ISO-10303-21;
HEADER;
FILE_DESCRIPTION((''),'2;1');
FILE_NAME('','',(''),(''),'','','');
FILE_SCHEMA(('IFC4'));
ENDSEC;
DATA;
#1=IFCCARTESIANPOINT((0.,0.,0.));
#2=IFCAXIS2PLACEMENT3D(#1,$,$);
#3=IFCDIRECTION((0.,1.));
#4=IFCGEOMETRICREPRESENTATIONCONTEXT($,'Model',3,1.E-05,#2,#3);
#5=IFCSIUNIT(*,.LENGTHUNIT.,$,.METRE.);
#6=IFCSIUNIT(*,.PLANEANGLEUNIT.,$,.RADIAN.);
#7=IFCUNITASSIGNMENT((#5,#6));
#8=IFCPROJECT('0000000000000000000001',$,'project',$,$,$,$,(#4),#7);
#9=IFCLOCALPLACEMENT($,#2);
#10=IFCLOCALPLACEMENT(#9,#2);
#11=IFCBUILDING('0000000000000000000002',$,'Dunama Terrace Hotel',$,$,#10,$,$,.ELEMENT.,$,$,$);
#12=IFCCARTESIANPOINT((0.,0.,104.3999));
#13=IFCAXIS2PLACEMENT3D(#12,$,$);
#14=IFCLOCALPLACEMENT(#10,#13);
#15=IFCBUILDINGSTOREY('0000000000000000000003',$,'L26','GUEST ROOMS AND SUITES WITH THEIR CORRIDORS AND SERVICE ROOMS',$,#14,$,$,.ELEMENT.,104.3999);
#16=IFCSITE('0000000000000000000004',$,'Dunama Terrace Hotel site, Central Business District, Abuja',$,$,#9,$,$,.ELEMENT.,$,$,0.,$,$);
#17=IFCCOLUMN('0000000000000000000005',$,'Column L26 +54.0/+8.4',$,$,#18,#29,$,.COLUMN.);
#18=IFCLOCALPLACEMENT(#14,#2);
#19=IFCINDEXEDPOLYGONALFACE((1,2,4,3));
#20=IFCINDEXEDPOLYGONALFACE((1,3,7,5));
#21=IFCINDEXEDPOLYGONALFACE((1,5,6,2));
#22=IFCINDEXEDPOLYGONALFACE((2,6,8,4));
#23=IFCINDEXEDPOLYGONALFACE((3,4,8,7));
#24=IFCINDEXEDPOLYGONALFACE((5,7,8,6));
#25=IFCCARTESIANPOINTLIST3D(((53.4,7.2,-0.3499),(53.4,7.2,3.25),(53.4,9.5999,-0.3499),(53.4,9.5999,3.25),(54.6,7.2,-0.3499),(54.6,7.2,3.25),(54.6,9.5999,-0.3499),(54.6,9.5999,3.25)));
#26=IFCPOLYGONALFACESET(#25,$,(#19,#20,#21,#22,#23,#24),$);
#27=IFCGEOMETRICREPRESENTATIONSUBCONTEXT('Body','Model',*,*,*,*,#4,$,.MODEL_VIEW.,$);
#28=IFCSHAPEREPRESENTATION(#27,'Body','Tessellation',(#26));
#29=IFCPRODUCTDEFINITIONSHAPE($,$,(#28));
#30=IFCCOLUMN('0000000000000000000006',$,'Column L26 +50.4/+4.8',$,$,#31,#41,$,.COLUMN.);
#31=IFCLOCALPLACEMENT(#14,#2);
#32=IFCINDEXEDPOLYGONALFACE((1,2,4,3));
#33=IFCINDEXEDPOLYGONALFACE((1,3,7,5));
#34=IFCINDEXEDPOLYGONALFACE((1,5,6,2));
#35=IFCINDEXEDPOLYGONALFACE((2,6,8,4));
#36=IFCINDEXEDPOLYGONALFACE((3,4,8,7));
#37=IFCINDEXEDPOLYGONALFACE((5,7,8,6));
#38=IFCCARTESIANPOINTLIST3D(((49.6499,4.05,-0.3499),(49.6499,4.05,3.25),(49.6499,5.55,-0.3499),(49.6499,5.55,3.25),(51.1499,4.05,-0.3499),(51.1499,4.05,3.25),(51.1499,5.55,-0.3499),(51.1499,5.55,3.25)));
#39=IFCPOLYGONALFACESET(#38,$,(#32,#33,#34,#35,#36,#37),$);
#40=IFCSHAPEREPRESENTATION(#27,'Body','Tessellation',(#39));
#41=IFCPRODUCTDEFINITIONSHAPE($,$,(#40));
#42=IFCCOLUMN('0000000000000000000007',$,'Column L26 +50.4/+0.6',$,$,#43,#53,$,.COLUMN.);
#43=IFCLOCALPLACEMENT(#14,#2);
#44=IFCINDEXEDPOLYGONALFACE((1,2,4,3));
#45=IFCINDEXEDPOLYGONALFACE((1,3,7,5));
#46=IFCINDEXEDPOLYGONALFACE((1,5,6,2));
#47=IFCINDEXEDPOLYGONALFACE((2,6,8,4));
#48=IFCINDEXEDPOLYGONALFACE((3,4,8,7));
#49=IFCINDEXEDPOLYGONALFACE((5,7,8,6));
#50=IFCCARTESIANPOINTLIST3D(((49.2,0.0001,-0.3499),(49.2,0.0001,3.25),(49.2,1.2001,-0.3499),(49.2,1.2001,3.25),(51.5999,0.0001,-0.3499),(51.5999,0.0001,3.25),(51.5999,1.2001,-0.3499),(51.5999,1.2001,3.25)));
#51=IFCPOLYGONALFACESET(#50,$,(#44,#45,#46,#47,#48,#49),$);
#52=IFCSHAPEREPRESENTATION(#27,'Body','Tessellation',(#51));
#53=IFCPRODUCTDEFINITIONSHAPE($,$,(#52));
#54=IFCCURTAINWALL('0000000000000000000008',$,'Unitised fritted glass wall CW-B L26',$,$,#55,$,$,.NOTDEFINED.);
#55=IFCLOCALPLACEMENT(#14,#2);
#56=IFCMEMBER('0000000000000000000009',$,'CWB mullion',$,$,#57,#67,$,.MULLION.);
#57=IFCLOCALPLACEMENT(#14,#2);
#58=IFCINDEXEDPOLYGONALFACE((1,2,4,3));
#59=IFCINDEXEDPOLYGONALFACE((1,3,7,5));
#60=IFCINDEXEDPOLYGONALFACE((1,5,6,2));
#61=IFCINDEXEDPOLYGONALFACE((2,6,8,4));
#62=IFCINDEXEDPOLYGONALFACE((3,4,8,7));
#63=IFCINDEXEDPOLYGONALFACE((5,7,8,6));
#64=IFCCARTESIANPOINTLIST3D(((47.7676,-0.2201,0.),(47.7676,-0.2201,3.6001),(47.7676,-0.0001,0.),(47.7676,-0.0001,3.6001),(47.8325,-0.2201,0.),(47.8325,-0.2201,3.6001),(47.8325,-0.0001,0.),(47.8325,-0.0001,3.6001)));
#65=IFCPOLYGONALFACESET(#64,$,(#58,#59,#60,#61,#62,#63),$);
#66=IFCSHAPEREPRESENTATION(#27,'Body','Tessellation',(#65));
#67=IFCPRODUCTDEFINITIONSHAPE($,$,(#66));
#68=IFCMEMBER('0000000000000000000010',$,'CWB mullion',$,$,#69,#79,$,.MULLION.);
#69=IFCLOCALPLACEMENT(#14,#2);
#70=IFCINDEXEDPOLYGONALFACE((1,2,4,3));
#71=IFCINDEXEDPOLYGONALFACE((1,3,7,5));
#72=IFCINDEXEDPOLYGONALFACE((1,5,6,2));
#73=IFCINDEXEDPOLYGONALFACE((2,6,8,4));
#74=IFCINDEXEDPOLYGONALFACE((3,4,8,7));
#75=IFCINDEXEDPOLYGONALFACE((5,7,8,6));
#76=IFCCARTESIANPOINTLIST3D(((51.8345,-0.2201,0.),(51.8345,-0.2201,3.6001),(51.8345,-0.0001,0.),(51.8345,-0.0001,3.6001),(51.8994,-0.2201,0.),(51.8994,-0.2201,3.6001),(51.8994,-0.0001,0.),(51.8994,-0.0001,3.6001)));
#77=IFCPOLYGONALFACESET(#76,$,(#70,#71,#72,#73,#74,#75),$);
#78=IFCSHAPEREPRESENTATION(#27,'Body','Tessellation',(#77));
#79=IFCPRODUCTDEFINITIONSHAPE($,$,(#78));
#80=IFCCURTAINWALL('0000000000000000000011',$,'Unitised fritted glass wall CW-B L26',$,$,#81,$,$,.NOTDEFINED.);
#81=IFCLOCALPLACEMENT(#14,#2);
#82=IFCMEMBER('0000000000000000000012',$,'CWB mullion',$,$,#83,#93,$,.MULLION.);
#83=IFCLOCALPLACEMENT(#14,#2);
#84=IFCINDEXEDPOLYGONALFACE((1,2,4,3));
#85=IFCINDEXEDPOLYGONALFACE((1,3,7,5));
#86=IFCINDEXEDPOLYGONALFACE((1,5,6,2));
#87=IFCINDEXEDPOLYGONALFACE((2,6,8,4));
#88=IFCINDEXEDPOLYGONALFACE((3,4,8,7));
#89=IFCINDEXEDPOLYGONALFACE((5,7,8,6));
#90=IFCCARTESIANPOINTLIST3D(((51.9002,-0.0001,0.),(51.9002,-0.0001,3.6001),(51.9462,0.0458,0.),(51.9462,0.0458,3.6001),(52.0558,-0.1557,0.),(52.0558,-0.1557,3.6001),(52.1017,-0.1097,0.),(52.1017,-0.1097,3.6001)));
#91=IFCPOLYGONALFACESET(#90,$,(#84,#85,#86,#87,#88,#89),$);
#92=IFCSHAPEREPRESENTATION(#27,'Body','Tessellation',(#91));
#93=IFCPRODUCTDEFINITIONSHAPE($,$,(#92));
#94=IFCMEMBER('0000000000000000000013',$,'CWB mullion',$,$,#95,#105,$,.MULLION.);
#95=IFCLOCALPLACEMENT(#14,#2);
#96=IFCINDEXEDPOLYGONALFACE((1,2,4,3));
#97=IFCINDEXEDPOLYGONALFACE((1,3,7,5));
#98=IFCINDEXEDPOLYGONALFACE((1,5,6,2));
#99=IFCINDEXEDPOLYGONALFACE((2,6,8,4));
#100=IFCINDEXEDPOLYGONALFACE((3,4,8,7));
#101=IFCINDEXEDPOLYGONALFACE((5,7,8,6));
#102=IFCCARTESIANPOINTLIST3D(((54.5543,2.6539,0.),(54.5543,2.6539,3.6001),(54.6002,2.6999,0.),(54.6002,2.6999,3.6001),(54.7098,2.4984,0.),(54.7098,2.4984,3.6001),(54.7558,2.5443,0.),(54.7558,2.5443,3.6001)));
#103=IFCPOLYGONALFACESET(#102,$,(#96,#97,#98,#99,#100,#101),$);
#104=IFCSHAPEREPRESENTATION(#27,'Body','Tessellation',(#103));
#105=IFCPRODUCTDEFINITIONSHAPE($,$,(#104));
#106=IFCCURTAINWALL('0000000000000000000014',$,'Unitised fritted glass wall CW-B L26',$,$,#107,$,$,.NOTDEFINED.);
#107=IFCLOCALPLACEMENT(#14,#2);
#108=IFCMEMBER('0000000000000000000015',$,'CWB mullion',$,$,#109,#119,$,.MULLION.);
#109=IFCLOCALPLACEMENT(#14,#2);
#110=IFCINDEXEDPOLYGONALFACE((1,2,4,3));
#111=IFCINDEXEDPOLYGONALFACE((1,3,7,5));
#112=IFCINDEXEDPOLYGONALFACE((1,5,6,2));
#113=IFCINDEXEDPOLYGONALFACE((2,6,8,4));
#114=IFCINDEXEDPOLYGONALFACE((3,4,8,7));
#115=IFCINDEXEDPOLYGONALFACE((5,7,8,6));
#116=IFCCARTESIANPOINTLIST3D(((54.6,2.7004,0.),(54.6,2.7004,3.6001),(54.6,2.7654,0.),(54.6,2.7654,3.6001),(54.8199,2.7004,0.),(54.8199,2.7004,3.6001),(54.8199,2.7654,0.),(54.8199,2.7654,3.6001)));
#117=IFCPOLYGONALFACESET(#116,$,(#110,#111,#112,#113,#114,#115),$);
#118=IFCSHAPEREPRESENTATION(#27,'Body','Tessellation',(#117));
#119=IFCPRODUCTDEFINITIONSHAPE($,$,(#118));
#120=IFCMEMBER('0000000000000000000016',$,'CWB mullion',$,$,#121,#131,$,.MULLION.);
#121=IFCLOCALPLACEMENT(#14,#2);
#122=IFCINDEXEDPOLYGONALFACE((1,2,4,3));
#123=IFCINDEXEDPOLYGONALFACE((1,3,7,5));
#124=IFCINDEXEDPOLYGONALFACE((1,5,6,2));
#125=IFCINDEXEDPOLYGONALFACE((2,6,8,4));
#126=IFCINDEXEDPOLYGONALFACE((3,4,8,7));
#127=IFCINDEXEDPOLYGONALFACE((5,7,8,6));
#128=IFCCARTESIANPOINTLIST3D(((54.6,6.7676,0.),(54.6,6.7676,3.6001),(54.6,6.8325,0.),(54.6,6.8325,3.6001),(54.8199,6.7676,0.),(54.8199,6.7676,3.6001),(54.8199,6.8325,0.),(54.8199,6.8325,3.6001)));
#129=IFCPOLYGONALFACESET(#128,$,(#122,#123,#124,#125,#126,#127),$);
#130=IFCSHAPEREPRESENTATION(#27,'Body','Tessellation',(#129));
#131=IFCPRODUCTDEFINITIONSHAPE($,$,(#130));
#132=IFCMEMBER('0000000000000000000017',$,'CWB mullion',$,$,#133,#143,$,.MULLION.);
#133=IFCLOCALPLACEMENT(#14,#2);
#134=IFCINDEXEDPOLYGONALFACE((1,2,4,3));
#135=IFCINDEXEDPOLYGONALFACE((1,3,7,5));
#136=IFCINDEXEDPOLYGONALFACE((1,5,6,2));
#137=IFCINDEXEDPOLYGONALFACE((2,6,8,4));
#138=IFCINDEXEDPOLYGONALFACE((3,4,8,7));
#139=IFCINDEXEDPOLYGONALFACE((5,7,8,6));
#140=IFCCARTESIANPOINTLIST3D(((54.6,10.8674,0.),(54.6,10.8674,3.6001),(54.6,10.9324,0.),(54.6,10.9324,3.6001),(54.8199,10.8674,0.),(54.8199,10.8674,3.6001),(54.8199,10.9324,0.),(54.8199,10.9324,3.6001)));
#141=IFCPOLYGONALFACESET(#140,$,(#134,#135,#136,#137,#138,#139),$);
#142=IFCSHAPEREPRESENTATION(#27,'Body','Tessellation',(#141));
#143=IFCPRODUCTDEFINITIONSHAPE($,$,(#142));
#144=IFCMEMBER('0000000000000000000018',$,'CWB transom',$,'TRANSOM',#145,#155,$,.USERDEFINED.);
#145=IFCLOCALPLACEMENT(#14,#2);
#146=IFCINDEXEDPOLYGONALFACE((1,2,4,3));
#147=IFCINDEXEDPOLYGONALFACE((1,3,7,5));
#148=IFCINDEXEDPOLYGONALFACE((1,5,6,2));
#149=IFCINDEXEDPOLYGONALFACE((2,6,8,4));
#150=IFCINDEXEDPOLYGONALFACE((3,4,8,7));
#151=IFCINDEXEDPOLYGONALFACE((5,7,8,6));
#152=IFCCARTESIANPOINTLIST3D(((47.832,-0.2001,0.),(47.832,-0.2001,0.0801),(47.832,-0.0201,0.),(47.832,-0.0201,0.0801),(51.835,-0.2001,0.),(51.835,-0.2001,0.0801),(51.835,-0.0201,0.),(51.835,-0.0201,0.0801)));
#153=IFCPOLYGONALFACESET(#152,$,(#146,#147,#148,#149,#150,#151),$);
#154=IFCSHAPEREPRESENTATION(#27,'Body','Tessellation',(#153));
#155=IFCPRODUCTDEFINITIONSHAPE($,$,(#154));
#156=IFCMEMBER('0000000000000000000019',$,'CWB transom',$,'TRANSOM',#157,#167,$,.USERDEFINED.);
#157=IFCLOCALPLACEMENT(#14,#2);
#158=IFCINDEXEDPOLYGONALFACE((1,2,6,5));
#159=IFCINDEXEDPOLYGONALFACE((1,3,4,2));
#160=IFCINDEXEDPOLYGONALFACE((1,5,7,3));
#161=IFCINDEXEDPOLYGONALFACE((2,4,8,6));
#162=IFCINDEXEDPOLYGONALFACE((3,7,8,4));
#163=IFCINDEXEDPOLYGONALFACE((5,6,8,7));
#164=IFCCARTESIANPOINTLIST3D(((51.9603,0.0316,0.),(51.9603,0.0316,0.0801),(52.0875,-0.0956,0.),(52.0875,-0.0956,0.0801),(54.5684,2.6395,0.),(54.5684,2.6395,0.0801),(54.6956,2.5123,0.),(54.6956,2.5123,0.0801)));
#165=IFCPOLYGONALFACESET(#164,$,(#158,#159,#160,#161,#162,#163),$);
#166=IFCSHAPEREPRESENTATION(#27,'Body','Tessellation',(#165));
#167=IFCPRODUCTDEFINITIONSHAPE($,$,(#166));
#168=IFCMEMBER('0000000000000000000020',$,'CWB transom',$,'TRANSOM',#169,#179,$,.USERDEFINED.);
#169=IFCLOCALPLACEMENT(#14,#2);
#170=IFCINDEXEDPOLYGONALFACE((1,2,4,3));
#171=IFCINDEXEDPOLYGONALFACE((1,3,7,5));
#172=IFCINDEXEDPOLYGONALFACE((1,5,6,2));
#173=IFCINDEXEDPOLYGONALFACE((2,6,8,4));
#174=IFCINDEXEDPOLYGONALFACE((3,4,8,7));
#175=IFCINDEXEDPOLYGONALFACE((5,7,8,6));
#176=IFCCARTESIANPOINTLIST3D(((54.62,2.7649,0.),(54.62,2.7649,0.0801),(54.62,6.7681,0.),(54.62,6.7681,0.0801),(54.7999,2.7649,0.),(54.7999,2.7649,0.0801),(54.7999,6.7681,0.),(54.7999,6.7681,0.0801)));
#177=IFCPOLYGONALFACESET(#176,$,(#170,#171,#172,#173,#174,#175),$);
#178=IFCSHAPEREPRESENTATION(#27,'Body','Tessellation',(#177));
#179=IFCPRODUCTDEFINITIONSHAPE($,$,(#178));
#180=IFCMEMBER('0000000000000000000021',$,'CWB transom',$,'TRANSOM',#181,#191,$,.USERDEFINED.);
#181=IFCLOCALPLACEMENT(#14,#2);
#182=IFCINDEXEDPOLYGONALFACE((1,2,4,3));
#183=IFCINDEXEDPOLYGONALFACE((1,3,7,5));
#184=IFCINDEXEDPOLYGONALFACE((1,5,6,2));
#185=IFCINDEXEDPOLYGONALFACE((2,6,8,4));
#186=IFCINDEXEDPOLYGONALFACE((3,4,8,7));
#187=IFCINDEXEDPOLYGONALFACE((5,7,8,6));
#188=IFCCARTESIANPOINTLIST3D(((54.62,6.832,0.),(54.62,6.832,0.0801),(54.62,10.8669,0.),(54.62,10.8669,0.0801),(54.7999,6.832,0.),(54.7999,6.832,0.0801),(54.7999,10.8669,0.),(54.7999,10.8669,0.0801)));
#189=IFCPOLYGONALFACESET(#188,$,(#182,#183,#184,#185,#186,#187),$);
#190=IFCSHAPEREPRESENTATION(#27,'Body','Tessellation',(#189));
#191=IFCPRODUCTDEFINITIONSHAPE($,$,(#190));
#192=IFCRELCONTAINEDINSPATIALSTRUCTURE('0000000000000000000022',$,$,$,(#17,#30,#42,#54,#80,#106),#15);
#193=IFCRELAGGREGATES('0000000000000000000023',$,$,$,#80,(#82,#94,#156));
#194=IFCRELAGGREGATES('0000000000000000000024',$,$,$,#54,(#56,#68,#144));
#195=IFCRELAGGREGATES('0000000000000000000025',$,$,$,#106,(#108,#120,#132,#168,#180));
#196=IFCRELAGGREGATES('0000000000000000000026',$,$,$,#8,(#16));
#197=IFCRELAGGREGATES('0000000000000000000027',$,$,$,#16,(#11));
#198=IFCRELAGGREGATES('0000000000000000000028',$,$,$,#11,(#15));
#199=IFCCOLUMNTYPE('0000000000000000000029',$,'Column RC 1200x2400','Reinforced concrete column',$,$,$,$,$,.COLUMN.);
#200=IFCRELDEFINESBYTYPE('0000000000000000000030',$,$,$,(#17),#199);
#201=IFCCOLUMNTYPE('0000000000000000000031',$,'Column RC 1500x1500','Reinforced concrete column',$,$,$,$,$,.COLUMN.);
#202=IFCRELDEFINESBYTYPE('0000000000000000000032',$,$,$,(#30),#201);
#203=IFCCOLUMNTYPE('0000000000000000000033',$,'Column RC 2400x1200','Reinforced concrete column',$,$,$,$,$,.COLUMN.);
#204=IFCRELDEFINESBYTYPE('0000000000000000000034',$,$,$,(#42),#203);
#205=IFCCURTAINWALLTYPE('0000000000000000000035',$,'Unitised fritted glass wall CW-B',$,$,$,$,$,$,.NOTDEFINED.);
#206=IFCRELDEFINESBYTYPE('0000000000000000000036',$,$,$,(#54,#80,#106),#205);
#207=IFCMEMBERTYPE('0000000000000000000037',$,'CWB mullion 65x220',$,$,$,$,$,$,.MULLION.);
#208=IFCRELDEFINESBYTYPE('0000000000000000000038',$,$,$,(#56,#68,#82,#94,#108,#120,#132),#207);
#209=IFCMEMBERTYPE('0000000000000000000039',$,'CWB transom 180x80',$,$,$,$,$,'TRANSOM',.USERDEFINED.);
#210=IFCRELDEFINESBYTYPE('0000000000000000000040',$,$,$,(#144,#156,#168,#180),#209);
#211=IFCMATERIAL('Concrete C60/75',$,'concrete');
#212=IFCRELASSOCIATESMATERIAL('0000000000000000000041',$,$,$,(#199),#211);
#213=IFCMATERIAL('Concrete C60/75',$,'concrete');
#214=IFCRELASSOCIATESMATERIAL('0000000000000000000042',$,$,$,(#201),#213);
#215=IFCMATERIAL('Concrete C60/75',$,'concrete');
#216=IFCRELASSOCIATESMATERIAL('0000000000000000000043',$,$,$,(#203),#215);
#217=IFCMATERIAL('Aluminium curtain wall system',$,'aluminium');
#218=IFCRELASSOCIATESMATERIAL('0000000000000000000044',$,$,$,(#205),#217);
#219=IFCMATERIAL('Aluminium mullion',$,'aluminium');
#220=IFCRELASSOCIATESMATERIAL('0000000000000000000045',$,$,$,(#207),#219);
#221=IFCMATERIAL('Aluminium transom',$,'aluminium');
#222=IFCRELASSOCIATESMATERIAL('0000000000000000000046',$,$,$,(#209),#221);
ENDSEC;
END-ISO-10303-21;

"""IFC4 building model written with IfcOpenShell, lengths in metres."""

from ifc_helpers import new_model, si_unit, direction, frame, origin, origin_2d, place, context, subcontext, project, spatial, rectangle, extrude, material, material_profile, profile_set, type_object, element, aggregate, save


model = new_model("IFC4")

# Units and contexts
model_context = context("Model", 3, precision=1e-05, world=origin(), true_north=direction((0.0, 1.0)))
body_context = subcontext(model_context, "Body", "Model", "MODEL_VIEW")
ifc_project = project(units=[si_unit("LENGTHUNIT", "METRE"), si_unit("PLANEANGLEUNIT", "RADIAN")], contexts=[model_context])

# Site, building, storey
site_placement = place(None, origin())
site = spatial("IfcSite", under=ifc_project, at=site_placement, Name="Dunama Terrace Hotel site, Central Business District, Abuja", CompositionType="ELEMENT", RefElevation=0.0)
building_placement = place(site_placement, origin())
building = spatial("IfcBuilding", under=site, at=building_placement, Name="Dunama Terrace Hotel", CompositionType="ELEMENT")
storey_placement = place(building_placement, frame((0.0, 0.0, 104.3999)))
storey = spatial("IfcBuildingStorey", under=building, at=storey_placement, Name="L26", Description="GUEST ROOMS AND SUITES WITH THEIR CORRIDORS AND SERVICE ROOMS", CompositionType="ELEMENT", Elevation=104.3999)

# Columns
ifc_material_1 = material(Name="Concrete C60/75", Category="concrete")
ifc_material_profile_1 = material_profile(ifc_material_1, rectangle(XDim=1.2, YDim=2.3999, at=origin_2d()), Name="RC 1200x2400")
ifc_profile_set_1 = profile_set([ifc_material_profile_1], Name="Concrete C60/75")
column_type_1 = type_object("IfcColumnType", Name="Column RC 1200x2400", Description="Reinforced concrete column", PredefinedType="COLUMN", material=ifc_profile_set_1)
column_1_placement = place(storey_placement, frame((54.0, 8.3999, -0.3499), z_axis=(0.0, 0.0, 1.0), x_axis=(1.0, 0.0, 0.0)))
element("IfcColumn", 1, at=column_1_placement, inside=storey, type_object=column_type_1, Name="Column L26 +54.0/+8.4", PredefinedType="COLUMN", context=body_context, shape_type="SweptSolid", body=[
    extrude(rectangle(XDim=1.2, YDim=2.3999, at=origin_2d()), origin(), (0.0, 0.0, 1.0), 3.5999),
])
ifc_material_2 = material(Name="Concrete C60/75", Category="concrete")
ifc_material_profile_2 = material_profile(ifc_material_2, rectangle(XDim=1.5, YDim=1.5, at=origin_2d()), Name="RC 1500x1500")
ifc_profile_set_2 = profile_set([ifc_material_profile_2], Name="Concrete C60/75")
column_type_2 = type_object("IfcColumnType", Name="Column RC 1500x1500", Description="Reinforced concrete column", PredefinedType="COLUMN", material=ifc_profile_set_2)
column_2_placement = place(storey_placement, frame((50.3999, 4.8, -0.3499), z_axis=(0.0, 0.0, 1.0), x_axis=(1.0, 0.0, 0.0)))
element("IfcColumn", 2, at=column_2_placement, inside=storey, type_object=column_type_2, Name="Column L26 +50.4/+4.8", PredefinedType="COLUMN", context=body_context, shape_type="SweptSolid", body=[
    extrude(rectangle(XDim=1.5, YDim=1.5, at=origin_2d()), origin(), (0.0, 0.0, 1.0), 3.5999),
])
ifc_material_3 = material(Name="Concrete C60/75", Category="concrete")
ifc_material_profile_3 = material_profile(ifc_material_3, rectangle(XDim=2.3999, YDim=1.2, at=origin_2d()), Name="RC 2400x1200")
ifc_profile_set_3 = profile_set([ifc_material_profile_3], Name="Concrete C60/75")
column_type_3 = type_object("IfcColumnType", Name="Column RC 2400x1200", Description="Reinforced concrete column", PredefinedType="COLUMN", material=ifc_profile_set_3)
column_3_placement = place(storey_placement, frame((50.3999, 0.6001, -0.3499), z_axis=(0.0, 0.0, 1.0), x_axis=(1.0, 0.0, 0.0)))
element("IfcColumn", 3, at=column_3_placement, inside=storey, type_object=column_type_3, Name="Column L26 +50.4/+0.6", PredefinedType="COLUMN", context=body_context, shape_type="SweptSolid", body=[
    extrude(rectangle(XDim=2.3999, YDim=1.2, at=origin_2d()), origin(), (0.0, 0.0, 1.0), 3.5999),
])

# Curtain walls, members
ifc_material_4 = material(Name="Aluminium curtain wall system", Category="aluminium")
curtain_wall_type = type_object("IfcCurtainWallType", Name="Unitised fritted glass wall CW-B", PredefinedType="NOTDEFINED", material=ifc_material_4)
curtain_wall_1_placement = place(storey_placement, origin())
curtain_wall_1 = element("IfcCurtainWall", 4, at=curtain_wall_1_placement, inside=storey, type_object=curtain_wall_type, Name="Unitised fritted glass wall CW-B L26", PredefinedType="NOTDEFINED")
ifc_material_5 = material(Name="Aluminium mullion", Category="aluminium")
ifc_material_profile_4 = material_profile(ifc_material_5, rectangle(XDim=0.0649, YDim=0.22, at=origin_2d()), Name="CWB MULLION 65X220")
ifc_profile_set_4 = profile_set([ifc_material_profile_4], Name="Aluminium mullion")
member_type_1 = type_object("IfcMemberType", Name="CWB mullion 65x220", PredefinedType="MULLION", material=ifc_profile_set_4)
member_1_placement = place(storey_placement, frame((47.8, -0.1101, 0.0), z_axis=(0.0, 0.0, 1.0), x_axis=(1.0, 0.0, 0.0)))
member_1 = element("IfcMember", 5, at=member_1_placement, type_object=member_type_1, Name="CWB mullion", PredefinedType="MULLION", context=body_context, shape_type="SweptSolid", body=[
    extrude(rectangle(XDim=0.0649, YDim=0.22, at=origin_2d()), origin(), (0.0, 0.0, 1.0), 3.6001),
])
member_2_placement = place(storey_placement, frame((51.8669, -0.1101, 0.0), z_axis=(0.0, 0.0, 1.0), x_axis=(1.0, 0.0, 0.0)))
member_2 = element("IfcMember", 6, at=member_2_placement, type_object=member_type_1, Name="CWB mullion", PredefinedType="MULLION", context=body_context, shape_type="SweptSolid", body=[
    extrude(rectangle(XDim=0.0649, YDim=0.22, at=origin_2d()), origin(), (0.0, 0.0, 1.0), 3.6001),
])
curtain_wall_2_placement = place(storey_placement, origin())
curtain_wall_2 = element("IfcCurtainWall", 7, at=curtain_wall_2_placement, inside=storey, type_object=curtain_wall_type, Name="Unitised fritted glass wall CW-B L26", PredefinedType="NOTDEFINED")
member_3_placement = place(storey_placement, frame((52.001, -0.0549, 0.0), z_axis=(0.0, 0.0, 1.0), x_axis=(0.707107, 0.707107, 0.0)))
member_3 = element("IfcMember", 8, at=member_3_placement, type_object=member_type_1, Name="CWB mullion", PredefinedType="MULLION", context=body_context, shape_type="SweptSolid", body=[
    extrude(rectangle(XDim=0.0649, YDim=0.22, at=origin_2d()), origin(), (0.0, 0.0, 1.0), 3.6001),
])
member_4_placement = place(storey_placement, frame((54.655, 2.5991, 0.0), z_axis=(0.0, 0.0, 1.0), x_axis=(0.707107, 0.707107, 0.0)))
member_4 = element("IfcMember", 9, at=member_4_placement, type_object=member_type_1, Name="CWB mullion", PredefinedType="MULLION", context=body_context, shape_type="SweptSolid", body=[
    extrude(rectangle(XDim=0.0649, YDim=0.22, at=origin_2d()), origin(), (0.0, 0.0, 1.0), 3.6001),
])
curtain_wall_3_placement = place(storey_placement, origin())
curtain_wall_3 = element("IfcCurtainWall", 10, at=curtain_wall_3_placement, inside=storey, type_object=curtain_wall_type, Name="Unitised fritted glass wall CW-B L26", PredefinedType="NOTDEFINED")
member_5_placement = place(storey_placement, frame((54.71, 2.7329, 0.0), z_axis=(0.0, 0.0, 1.0), x_axis=(0.0, 1.0, 0.0)))
member_5 = element("IfcMember", 11, at=member_5_placement, type_object=member_type_1, Name="CWB mullion", PredefinedType="MULLION", context=body_context, shape_type="SweptSolid", body=[
    extrude(rectangle(XDim=0.0649, YDim=0.22, at=origin_2d()), origin(), (0.0, 0.0, 1.0), 3.6001),
])
member_6_placement = place(storey_placement, frame((54.71, 6.8, 0.0), z_axis=(0.0, 0.0, 1.0), x_axis=(0.0, 1.0, 0.0)))
member_6 = element("IfcMember", 12, at=member_6_placement, type_object=member_type_1, Name="CWB mullion", PredefinedType="MULLION", context=body_context, shape_type="SweptSolid", body=[
    extrude(rectangle(XDim=0.0649, YDim=0.22, at=origin_2d()), origin(), (0.0, 0.0, 1.0), 3.6001),
])
member_7_placement = place(storey_placement, frame((54.71, 10.8999, 0.0), z_axis=(0.0, 0.0, 1.0), x_axis=(0.0, 1.0, 0.0)))
member_7 = element("IfcMember", 13, at=member_7_placement, type_object=member_type_1, Name="CWB mullion", PredefinedType="MULLION", context=body_context, shape_type="SweptSolid", body=[
    extrude(rectangle(XDim=0.0649, YDim=0.22, at=origin_2d()), origin(), (0.0, 0.0, 1.0), 3.6001),
])

# Members
ifc_material_6 = material(Name="Aluminium transom", Category="aluminium")
ifc_material_profile_5 = material_profile(ifc_material_6, rectangle(XDim=0.1799, YDim=0.0801, at=origin_2d()), Name="CWB TRANSOM 180X80")
ifc_profile_set_5 = profile_set([ifc_material_profile_5], Name="Aluminium transom")
member_type_2 = type_object("IfcMemberType", Name="CWB transom 180x80", ElementType="TRANSOM", PredefinedType="USERDEFINED", material=ifc_profile_set_5)
member_8_placement = place(storey_placement, frame((47.832, -0.1101, 0.04), z_axis=(1.0, 0.0, 0.0), x_axis=(0.0, 1.0, 0.0)))
member_8 = element("IfcMember", 14, at=member_8_placement, type_object=member_type_2, Name="CWB transom", ObjectType="TRANSOM", PredefinedType="USERDEFINED", context=body_context, shape_type="SweptSolid", body=[
    extrude(rectangle(XDim=0.1799, YDim=0.0801, at=origin_2d()), origin(), (0.0, 0.0, 1.0), 4.0029),
])
member_9_placement = place(storey_placement, frame((52.0239, -0.032, 0.04), z_axis=(0.70714, 0.707074, 0.0), x_axis=(-0.707074, 0.70714, 0.0)))
member_9 = element("IfcMember", 15, at=member_9_placement, type_object=member_type_2, Name="CWB transom", ObjectType="TRANSOM", PredefinedType="USERDEFINED", context=body_context, shape_type="SweptSolid", body=[
    extrude(rectangle(XDim=0.1799, YDim=0.0801, at=origin_2d()), origin(), (0.0, 0.0, 1.0), 3.6882),
])
member_10_placement = place(storey_placement, frame((54.71, 2.7649, 0.04), z_axis=(0.0, 1.0, 0.0), x_axis=(-1.0, 0.0, 0.0)))
member_10 = element("IfcMember", 16, at=member_10_placement, type_object=member_type_2, Name="CWB transom", ObjectType="TRANSOM", PredefinedType="USERDEFINED", context=body_context, shape_type="SweptSolid", body=[
    extrude(rectangle(XDim=0.1799, YDim=0.0801, at=origin_2d()), origin(), (0.0, 0.0, 1.0), 4.0032),
])
member_11_placement = place(storey_placement, frame((54.71, 6.832, 0.04), z_axis=(0.0, 1.0, 0.0), x_axis=(-1.0, 0.0, 0.0)))
member_11 = element("IfcMember", 17, at=member_11_placement, type_object=member_type_2, Name="CWB transom", ObjectType="TRANSOM", PredefinedType="USERDEFINED", context=body_context, shape_type="SweptSolid", body=[
    extrude(rectangle(XDim=0.1799, YDim=0.0801, at=origin_2d()), origin(), (0.0, 0.0, 1.0), 4.0349),
])

aggregate(curtain_wall_2, [member_3, member_4, member_9])
aggregate(curtain_wall_1, [member_1, member_2, member_8])
aggregate(curtain_wall_3, [member_5, member_6, member_7, member_10, member_11])

save(model, "model.ifc")
